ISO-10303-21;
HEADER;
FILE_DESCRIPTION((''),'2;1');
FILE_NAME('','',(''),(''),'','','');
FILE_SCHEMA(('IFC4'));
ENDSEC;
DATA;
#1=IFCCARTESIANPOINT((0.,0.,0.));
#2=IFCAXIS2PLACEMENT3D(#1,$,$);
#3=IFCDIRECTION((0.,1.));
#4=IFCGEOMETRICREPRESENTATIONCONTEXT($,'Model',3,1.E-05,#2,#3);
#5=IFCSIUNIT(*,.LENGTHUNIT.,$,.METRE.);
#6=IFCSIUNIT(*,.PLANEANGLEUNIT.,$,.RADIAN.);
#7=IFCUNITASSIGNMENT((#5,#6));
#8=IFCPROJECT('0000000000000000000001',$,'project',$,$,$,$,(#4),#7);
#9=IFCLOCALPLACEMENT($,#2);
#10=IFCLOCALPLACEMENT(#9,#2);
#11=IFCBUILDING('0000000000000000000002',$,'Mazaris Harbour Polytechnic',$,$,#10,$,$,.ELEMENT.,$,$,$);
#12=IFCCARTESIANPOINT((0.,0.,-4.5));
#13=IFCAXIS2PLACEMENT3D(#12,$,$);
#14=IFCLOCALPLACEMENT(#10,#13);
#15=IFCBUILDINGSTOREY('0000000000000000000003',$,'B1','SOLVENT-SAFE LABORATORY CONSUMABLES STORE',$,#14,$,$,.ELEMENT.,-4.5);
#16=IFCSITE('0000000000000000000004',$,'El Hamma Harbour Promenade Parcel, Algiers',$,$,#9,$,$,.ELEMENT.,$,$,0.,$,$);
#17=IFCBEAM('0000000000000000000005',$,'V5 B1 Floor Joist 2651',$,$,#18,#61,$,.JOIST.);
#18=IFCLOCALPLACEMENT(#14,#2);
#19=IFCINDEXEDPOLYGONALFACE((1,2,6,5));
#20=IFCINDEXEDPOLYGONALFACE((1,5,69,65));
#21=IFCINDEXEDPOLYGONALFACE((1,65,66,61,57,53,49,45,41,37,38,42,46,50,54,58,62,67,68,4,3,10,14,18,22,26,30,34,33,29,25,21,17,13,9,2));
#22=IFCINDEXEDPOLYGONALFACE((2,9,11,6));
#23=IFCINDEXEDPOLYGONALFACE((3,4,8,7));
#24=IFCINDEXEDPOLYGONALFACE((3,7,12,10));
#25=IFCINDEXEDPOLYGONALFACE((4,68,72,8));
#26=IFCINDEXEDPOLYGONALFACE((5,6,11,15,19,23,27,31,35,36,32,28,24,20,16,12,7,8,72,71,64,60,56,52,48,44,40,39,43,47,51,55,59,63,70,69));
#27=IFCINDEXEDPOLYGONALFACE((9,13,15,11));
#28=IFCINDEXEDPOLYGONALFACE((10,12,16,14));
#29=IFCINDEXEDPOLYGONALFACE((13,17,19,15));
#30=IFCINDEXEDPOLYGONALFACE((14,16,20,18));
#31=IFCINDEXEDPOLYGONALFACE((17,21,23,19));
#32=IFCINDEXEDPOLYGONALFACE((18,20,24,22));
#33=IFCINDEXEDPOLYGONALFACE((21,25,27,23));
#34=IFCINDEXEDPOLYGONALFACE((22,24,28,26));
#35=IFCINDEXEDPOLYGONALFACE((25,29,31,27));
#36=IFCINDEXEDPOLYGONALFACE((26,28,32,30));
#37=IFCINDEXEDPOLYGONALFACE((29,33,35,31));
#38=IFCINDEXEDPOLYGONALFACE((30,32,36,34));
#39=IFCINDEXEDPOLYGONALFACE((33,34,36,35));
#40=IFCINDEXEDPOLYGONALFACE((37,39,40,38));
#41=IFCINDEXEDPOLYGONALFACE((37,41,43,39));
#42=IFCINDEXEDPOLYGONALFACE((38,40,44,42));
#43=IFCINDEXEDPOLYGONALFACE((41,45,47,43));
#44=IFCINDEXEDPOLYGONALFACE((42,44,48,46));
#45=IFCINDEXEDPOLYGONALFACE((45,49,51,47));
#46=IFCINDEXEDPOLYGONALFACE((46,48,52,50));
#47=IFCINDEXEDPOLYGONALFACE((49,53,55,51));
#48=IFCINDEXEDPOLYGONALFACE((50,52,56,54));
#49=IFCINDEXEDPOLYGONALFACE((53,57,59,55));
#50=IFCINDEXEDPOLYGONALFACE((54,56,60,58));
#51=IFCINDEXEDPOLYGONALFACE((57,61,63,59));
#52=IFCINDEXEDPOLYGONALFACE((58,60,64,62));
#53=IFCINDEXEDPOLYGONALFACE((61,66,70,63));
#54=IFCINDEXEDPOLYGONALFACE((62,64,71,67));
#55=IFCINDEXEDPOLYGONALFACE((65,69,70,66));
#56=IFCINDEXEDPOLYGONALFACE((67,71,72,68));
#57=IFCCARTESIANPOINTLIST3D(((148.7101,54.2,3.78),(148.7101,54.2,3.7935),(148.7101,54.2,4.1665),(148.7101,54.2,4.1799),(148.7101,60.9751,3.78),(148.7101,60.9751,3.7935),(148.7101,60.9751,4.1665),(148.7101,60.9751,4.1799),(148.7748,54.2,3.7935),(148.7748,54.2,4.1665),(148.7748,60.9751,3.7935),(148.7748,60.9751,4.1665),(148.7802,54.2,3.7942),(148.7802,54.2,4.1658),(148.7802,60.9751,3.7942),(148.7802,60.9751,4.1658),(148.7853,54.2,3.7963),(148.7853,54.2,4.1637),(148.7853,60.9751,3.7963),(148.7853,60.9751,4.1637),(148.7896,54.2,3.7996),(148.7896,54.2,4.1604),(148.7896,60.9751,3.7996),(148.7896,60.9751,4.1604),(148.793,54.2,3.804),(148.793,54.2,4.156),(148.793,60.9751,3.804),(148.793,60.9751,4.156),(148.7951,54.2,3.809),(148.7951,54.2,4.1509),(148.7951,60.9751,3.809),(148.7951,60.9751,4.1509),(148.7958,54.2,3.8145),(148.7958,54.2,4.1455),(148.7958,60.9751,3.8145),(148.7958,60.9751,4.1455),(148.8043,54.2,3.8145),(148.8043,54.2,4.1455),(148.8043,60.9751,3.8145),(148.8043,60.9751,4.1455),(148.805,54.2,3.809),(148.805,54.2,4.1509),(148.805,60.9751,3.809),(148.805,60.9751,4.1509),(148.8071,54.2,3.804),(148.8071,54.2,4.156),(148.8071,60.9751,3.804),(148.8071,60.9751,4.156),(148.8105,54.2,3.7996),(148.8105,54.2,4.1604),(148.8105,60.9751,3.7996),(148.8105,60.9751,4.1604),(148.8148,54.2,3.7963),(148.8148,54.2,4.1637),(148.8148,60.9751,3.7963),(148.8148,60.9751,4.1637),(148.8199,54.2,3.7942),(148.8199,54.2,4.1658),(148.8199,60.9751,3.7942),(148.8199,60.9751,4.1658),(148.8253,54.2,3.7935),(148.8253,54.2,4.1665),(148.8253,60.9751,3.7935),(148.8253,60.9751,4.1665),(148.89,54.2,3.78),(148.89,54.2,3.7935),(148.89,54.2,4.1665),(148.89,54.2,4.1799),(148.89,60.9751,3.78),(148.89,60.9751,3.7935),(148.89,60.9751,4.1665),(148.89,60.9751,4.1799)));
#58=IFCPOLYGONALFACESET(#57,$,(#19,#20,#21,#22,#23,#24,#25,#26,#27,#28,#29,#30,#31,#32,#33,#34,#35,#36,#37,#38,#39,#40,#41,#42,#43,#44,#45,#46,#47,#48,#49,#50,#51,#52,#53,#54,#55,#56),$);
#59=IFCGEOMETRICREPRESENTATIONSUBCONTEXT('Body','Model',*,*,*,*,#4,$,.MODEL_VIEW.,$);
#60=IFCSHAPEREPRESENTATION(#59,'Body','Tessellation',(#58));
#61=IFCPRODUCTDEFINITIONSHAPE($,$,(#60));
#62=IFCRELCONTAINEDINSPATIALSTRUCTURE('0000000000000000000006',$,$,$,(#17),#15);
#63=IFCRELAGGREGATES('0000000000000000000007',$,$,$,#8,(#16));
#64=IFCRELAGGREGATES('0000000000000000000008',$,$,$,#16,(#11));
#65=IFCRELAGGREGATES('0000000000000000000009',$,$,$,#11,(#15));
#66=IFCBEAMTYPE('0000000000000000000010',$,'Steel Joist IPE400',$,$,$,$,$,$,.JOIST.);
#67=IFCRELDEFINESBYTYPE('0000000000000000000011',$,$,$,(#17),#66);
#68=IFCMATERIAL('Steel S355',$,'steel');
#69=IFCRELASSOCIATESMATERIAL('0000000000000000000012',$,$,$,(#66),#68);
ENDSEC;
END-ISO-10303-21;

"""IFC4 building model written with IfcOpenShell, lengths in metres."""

from ifc_helpers import new_model, si_unit, direction, frame, origin, origin_2d, place, context, subcontext, project, spatial, i_section, extrude, material, material_profile, profile_set, type_object, element, save


model = new_model("IFC4")

# Units and contexts
model_context = context("Model", 3, precision=1e-05, world=origin(), true_north=direction((0.0, 1.0)))
body_context = subcontext(model_context, "Body", "Model", "MODEL_VIEW")
ifc_project = project(units=[si_unit("LENGTHUNIT", "METRE"), si_unit("PLANEANGLEUNIT", "RADIAN")], contexts=[model_context])

# Site, building, storey
site_placement = place(None, origin())
site = spatial("IfcSite", under=ifc_project, at=site_placement, Name="El Hamma Harbour Promenade Parcel, Algiers", CompositionType="ELEMENT", RefElevation=0.0)
building_placement = place(site_placement, origin())
building = spatial("IfcBuilding", under=site, at=building_placement, Name="Mazaris Harbour Polytechnic", CompositionType="ELEMENT")
storey_placement = place(building_placement, frame((0.0, 0.0, -4.5)))
storey = spatial("IfcBuildingStorey", under=building, at=storey_placement, Name="B1", Description="SOLVENT-SAFE LABORATORY CONSUMABLES STORE", CompositionType="ELEMENT", Elevation=-4.5)

# Beam
ifc_material_1 = material(Name="Steel S355", Category="steel")
ifc_material_profile_1 = material_profile(ifc_material_1, i_section(OverallWidth=0.1799, OverallDepth=0.3999, WebThickness=0.0085, FlangeThickness=0.0134, FilletRadius=0.021, at=origin_2d()), Name="IPE 400")
ifc_profile_set_1 = profile_set([ifc_material_profile_1], Name="Steel S355")
beam_type_1 = type_object("IfcBeamType", Name="Steel Joist IPE400", PredefinedType="JOIST", material=ifc_profile_set_1)
beam_1_placement = place(storey_placement, frame((148.8, 54.2, 3.98), z_axis=(0.0, 1.0, 0.0), x_axis=(-1.0, 0.0, 0.0)))
element("IfcBeam", 1, at=beam_1_placement, inside=storey, type_object=beam_type_1, Name="V5 B1 Floor Joist 2651", PredefinedType="JOIST", context=body_context, shape_type="SweptSolid", body=[
    extrude(i_section(OverallWidth=0.1799, OverallDepth=0.3999, WebThickness=0.0085, FlangeThickness=0.0134, FilletRadius=0.021, at=origin_2d()), origin(), (0.0, 0.0, 1.0), 6.7751),
])

save(model, "model.ifc")
